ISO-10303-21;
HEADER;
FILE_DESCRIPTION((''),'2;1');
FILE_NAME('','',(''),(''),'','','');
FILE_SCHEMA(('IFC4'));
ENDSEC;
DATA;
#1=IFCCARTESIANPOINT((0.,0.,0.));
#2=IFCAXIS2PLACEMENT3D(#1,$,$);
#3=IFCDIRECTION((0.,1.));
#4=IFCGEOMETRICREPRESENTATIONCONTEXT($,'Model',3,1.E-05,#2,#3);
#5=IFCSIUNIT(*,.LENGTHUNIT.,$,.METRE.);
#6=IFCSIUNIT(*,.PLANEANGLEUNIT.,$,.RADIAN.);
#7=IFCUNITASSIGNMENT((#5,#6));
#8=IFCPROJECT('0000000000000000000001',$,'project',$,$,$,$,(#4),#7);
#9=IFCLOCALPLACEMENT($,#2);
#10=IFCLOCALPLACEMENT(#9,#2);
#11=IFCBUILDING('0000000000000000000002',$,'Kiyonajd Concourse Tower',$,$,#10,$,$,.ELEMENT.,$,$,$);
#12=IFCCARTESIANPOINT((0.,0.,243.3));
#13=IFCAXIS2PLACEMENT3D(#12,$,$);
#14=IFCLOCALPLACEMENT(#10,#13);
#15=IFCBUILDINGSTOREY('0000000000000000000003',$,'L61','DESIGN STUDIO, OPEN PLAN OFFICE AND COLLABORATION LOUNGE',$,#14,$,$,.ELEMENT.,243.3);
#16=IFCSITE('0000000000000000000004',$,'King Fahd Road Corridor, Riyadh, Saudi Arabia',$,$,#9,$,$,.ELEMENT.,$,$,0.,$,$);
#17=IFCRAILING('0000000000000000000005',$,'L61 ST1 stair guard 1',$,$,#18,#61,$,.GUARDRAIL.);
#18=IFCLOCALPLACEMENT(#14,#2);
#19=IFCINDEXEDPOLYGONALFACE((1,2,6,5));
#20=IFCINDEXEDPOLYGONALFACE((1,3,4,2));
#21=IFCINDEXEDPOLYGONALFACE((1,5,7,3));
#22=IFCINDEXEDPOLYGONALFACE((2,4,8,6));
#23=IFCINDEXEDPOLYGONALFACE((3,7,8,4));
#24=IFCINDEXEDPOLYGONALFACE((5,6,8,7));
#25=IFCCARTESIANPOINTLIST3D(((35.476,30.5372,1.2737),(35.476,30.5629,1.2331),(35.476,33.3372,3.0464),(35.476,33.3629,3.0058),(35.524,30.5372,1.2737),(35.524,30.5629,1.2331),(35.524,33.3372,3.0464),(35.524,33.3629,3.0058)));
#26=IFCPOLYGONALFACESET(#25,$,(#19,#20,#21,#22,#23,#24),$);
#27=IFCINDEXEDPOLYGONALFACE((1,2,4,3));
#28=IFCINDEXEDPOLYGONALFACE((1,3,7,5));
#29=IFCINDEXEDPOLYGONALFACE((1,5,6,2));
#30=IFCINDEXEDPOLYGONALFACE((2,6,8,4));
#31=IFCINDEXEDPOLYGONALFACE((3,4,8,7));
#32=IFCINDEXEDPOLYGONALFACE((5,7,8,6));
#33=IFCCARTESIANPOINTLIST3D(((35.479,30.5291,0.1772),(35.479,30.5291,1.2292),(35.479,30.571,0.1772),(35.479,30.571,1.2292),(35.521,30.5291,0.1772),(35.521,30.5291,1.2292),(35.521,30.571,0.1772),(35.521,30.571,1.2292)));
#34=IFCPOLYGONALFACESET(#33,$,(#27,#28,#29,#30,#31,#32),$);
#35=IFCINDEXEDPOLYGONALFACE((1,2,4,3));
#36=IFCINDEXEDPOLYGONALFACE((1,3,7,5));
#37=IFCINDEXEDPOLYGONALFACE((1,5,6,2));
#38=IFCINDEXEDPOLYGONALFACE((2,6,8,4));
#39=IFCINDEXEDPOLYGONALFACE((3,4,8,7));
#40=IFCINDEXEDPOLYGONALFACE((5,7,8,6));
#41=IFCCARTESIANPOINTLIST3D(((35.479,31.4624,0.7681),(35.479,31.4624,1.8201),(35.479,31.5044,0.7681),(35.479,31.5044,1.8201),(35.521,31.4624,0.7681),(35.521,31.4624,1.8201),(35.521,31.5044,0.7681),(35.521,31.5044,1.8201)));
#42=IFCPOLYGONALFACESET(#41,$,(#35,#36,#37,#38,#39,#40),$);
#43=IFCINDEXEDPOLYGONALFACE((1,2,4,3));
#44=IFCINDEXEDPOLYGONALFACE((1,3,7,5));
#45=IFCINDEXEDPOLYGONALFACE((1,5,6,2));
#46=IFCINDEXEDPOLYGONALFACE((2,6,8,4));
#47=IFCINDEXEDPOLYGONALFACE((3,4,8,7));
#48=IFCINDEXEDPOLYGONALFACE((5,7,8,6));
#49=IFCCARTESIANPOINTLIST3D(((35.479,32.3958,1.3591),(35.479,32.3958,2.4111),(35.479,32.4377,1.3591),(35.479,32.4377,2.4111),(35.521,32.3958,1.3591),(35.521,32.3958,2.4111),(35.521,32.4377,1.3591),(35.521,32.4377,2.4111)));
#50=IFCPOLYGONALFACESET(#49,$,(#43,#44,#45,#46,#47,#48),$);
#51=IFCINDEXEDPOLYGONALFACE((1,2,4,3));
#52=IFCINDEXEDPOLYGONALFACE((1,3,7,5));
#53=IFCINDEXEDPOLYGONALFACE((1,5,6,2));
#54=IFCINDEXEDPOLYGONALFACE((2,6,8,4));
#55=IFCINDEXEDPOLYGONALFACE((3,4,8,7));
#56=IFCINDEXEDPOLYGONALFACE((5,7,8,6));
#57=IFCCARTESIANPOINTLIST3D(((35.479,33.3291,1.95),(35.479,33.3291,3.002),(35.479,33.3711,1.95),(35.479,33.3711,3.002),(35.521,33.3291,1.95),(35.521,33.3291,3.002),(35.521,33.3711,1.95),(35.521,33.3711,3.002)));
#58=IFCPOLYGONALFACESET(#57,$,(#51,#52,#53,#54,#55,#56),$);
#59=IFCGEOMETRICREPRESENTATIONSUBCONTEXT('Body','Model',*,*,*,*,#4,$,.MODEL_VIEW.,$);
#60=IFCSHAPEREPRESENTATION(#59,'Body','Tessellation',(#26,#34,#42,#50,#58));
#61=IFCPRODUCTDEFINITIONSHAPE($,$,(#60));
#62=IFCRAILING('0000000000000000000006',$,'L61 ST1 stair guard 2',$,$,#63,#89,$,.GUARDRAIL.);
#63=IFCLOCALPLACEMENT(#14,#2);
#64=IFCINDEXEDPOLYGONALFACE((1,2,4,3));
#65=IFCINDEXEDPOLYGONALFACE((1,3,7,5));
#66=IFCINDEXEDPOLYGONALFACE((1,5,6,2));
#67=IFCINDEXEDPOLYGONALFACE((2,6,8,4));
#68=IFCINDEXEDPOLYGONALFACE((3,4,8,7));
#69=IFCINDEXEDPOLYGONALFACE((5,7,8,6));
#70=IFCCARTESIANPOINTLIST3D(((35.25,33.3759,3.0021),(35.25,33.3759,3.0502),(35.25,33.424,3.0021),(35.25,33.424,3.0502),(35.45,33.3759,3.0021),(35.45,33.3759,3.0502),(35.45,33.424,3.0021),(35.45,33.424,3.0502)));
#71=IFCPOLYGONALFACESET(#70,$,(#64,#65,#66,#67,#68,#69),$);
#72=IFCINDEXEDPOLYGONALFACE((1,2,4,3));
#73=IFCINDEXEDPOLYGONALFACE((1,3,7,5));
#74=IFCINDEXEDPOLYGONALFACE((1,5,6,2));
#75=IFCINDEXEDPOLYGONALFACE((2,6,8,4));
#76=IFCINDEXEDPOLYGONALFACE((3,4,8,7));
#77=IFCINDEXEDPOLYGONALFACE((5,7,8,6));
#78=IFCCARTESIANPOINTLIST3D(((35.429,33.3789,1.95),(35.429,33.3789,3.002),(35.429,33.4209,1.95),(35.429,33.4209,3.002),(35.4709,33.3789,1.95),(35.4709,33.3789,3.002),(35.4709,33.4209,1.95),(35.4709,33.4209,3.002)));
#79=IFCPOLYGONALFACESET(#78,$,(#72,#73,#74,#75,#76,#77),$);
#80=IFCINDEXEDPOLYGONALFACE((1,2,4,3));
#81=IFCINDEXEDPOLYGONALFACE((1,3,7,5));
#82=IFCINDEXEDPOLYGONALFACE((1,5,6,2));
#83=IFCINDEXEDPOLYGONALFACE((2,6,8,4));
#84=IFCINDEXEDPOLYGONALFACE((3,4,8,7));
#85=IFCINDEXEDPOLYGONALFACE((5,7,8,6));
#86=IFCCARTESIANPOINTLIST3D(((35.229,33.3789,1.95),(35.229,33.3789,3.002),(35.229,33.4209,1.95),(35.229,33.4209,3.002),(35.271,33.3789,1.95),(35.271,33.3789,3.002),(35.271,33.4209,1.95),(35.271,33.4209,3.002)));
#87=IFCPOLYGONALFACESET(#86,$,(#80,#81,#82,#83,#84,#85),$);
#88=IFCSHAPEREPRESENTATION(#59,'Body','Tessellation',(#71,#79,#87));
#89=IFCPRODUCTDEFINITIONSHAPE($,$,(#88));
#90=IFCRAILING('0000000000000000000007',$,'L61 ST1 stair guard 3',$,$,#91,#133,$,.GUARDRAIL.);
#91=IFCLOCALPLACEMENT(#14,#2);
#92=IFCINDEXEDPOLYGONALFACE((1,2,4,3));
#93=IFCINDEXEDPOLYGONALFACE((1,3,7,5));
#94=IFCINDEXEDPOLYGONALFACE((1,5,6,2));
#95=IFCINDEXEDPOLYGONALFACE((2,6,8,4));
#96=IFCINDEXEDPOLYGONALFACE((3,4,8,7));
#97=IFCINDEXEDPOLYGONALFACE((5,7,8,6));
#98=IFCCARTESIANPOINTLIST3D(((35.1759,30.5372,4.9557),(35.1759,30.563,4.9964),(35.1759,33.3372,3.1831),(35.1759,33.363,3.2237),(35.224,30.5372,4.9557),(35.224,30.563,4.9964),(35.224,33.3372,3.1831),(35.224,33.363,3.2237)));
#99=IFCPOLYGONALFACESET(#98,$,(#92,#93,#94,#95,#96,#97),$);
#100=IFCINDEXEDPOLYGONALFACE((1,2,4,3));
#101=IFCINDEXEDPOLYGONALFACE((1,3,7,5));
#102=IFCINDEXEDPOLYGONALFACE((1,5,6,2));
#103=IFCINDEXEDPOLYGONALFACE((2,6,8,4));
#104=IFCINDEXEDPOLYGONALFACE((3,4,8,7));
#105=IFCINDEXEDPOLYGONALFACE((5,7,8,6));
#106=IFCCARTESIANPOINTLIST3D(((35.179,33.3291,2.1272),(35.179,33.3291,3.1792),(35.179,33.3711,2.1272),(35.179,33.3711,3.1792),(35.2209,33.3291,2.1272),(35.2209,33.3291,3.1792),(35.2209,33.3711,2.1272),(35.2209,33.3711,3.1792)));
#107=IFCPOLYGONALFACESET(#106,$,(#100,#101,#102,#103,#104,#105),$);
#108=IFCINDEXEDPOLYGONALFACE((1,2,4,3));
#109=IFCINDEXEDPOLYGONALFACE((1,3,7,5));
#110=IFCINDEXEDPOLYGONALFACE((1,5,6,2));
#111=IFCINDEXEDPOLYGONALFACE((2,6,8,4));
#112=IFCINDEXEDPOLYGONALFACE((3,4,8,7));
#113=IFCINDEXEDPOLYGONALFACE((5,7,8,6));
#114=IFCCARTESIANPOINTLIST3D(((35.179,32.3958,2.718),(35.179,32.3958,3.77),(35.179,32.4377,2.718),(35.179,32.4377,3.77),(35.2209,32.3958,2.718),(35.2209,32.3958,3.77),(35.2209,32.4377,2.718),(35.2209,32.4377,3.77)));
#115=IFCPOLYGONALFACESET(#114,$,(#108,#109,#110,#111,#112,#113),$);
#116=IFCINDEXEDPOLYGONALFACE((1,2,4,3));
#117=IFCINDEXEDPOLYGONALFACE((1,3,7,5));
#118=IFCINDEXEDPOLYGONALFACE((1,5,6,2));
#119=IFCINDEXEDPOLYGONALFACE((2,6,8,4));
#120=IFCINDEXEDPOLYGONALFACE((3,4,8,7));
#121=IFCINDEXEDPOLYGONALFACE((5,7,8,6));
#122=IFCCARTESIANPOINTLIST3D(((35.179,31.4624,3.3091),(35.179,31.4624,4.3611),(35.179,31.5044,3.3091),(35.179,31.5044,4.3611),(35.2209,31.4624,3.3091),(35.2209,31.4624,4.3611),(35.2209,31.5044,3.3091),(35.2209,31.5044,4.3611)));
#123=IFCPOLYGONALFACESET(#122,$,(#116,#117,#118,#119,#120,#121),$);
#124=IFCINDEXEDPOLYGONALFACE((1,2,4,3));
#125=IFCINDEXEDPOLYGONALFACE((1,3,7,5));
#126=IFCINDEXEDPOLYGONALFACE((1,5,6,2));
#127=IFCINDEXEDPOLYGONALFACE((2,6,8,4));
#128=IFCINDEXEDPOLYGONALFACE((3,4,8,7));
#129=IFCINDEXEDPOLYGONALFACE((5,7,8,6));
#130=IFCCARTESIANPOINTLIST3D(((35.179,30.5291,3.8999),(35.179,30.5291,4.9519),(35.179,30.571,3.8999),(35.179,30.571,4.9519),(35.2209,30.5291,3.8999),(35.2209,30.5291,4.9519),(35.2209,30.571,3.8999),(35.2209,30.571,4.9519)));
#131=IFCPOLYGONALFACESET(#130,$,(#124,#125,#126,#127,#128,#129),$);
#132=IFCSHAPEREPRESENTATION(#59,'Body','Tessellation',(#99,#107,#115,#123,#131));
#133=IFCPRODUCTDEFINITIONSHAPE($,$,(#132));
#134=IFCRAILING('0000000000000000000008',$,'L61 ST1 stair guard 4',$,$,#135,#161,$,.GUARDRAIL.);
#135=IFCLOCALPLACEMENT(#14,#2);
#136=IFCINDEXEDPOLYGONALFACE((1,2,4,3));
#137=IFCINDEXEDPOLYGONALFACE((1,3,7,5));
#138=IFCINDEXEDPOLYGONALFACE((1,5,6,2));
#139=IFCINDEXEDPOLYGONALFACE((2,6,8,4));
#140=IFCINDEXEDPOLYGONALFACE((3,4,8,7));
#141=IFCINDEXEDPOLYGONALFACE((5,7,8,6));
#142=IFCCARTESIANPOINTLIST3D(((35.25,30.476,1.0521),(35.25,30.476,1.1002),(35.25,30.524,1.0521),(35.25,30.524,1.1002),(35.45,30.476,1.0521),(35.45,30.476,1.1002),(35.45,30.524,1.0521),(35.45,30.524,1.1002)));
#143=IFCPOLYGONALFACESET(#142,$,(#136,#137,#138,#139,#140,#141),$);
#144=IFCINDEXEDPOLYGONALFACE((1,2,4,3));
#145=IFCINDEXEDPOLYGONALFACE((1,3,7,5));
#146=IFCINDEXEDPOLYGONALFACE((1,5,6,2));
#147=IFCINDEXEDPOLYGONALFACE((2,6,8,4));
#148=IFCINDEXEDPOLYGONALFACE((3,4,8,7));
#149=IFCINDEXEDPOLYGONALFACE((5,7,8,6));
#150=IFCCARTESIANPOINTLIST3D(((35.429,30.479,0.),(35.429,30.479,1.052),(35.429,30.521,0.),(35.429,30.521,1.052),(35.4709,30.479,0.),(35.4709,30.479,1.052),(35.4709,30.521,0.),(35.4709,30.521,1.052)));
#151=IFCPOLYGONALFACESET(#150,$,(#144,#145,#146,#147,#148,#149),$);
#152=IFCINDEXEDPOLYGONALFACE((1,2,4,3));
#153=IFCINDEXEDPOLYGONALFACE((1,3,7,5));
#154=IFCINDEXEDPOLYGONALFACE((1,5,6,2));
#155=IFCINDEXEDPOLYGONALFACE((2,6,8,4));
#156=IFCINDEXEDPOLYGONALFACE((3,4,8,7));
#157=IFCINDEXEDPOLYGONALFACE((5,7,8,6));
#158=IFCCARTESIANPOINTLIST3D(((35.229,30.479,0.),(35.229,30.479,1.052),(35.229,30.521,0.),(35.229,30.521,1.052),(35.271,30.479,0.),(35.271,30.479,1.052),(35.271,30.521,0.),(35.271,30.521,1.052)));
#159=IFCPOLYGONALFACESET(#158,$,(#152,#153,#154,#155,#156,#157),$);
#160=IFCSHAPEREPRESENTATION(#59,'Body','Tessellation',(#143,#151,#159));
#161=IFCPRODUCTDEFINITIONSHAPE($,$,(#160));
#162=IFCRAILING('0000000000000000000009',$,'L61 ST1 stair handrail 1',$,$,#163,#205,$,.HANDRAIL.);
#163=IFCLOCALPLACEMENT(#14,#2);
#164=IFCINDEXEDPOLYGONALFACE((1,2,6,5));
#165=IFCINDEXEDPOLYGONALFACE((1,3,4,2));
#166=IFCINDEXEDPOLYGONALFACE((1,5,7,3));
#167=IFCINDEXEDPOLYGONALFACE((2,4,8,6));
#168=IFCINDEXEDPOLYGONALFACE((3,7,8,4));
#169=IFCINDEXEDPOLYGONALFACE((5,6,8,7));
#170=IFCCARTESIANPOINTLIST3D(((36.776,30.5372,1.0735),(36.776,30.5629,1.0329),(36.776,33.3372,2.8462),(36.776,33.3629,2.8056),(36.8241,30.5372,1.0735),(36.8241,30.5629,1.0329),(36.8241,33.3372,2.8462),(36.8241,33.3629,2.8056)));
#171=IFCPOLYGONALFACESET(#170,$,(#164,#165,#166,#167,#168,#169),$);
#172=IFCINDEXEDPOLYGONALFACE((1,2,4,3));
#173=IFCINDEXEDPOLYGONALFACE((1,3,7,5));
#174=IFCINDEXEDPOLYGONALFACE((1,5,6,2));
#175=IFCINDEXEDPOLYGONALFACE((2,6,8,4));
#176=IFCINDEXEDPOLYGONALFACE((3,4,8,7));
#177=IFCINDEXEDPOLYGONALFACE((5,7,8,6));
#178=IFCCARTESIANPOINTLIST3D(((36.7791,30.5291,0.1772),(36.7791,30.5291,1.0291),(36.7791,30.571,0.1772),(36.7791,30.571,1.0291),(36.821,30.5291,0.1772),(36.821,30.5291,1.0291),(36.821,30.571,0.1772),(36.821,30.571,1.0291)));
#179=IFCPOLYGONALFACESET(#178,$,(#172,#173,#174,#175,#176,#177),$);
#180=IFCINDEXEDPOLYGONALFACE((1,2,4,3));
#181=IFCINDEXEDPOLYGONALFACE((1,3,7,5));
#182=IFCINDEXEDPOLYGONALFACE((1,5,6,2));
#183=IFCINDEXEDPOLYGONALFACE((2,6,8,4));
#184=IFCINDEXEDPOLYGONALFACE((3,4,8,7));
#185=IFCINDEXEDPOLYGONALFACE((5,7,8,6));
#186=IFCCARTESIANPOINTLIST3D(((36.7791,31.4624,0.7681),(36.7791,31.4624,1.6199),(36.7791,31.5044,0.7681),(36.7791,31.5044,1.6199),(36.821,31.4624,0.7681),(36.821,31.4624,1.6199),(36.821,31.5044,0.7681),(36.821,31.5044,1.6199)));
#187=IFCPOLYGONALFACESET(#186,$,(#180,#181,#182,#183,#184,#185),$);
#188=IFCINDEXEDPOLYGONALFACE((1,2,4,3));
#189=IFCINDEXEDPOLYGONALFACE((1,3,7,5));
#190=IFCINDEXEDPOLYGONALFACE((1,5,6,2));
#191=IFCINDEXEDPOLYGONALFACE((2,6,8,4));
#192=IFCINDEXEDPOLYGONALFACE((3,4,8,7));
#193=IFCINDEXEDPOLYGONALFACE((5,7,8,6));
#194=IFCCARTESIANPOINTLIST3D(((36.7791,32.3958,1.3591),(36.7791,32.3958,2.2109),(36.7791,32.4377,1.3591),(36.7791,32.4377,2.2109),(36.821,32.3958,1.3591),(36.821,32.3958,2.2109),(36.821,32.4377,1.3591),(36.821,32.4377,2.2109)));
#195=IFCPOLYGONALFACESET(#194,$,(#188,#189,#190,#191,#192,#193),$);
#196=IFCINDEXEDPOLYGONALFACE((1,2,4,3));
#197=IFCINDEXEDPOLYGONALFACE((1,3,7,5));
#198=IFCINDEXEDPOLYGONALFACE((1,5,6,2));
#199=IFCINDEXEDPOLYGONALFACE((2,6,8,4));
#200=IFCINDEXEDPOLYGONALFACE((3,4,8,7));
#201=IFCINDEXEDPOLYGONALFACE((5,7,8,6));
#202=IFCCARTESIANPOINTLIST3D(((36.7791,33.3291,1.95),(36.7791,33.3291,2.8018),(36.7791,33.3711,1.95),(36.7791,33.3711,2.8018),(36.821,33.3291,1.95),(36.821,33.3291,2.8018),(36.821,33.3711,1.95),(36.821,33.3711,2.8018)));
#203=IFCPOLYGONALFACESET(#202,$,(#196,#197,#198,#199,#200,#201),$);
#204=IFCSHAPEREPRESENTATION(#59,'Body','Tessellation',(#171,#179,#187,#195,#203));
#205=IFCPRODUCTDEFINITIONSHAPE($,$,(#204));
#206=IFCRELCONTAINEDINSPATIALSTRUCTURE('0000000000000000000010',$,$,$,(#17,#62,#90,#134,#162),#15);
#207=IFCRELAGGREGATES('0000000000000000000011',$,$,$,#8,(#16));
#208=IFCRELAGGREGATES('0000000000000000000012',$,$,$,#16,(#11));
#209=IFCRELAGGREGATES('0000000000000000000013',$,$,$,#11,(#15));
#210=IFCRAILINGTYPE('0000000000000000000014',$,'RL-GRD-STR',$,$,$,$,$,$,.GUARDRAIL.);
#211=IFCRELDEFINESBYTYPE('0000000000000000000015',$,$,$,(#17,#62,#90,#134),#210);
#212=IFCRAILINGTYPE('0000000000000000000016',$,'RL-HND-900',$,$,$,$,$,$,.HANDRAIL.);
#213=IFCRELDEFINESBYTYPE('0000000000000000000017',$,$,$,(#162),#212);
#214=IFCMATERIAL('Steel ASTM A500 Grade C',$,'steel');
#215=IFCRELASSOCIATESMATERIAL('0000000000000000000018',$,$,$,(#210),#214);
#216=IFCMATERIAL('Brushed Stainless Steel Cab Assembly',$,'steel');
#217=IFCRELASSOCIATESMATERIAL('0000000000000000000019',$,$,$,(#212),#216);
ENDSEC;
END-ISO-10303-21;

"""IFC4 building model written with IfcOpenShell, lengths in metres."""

from ifc_helpers import new_model, si_unit, direction, frame, origin, origin_2d, place, context, subcontext, project, spatial, rectangle, extrude, material, type_object, element, save


model = new_model("IFC4")

# Units and contexts
model_context = context("Model", 3, precision=1e-05, world=origin(), true_north=direction((0.0, 1.0)))
body_context = subcontext(model_context, "Body", "Model", "MODEL_VIEW")
ifc_project = project(units=[si_unit("LENGTHUNIT", "METRE"), si_unit("PLANEANGLEUNIT", "RADIAN")], contexts=[model_context])

# Site, building, storey
site_placement = place(None, origin())
site = spatial("IfcSite", under=ifc_project, at=site_placement, Name="King Fahd Road Corridor, Riyadh, Saudi Arabia", CompositionType="ELEMENT", RefElevation=0.0)
building_placement = place(site_placement, origin())
building = spatial("IfcBuilding", under=site, at=building_placement, Name="Kiyonajd Concourse Tower", CompositionType="ELEMENT")
storey_placement = place(building_placement, frame((0.0, 0.0, 243.3)))
storey = spatial("IfcBuildingStorey", under=building, at=storey_placement, Name="L61", Description="DESIGN STUDIO, OPEN PLAN OFFICE AND COLLABORATION LOUNGE", CompositionType="ELEMENT", Elevation=243.3)

# Shared definitions
ifc_material_1 = material(Name="Brushed Stainless Steel Cab Assembly", Category="steel")

# Railings
ifc_material_2 = material(Name="Steel ASTM A500 Grade C", Category="steel")
railing_type_1 = type_object("IfcRailingType", Name="RL-GRD-STR", PredefinedType="GUARDRAIL", material=ifc_material_2)
railing_1_placement = place(storey_placement, frame((35.5, 30.55, 0.1772)))
element("IfcRailing", 1, at=railing_1_placement, inside=storey, type_object=railing_type_1, Name="L61 ST1 stair guard 1", PredefinedType="GUARDRAIL", context=body_context, shape_type="SweptSolid", body=[
    extrude(rectangle(XDim=0.0481, YDim=0.0481, at=origin_2d()), frame((0.0, 0.0, 1.0762), z_axis=(0.0, 0.844909, 0.53491), x_axis=(-1.0, 0.0, 0.0)), (0.0, 0.0, 1.0), 3.314),
    extrude(rectangle(XDim=0.042, YDim=0.042, at=origin_2d()), origin(), (0.0, 0.0, 1.0), 1.052),
    extrude(rectangle(XDim=0.042, YDim=0.042, at=origin_2d()), frame((0.0, 0.9333, 0.5908)), (0.0, 0.0, 1.0), 1.052),
    extrude(rectangle(XDim=0.042, YDim=0.042, at=origin_2d()), frame((0.0, 1.8667, 1.1819)), (0.0, 0.0, 1.0), 1.052),
    extrude(rectangle(XDim=0.042, YDim=0.042, at=origin_2d()), frame((0.0, 2.8, 1.7727)), (0.0, 0.0, 1.0), 1.052),
])
railing_2_placement = place(storey_placement, frame((35.45, 33.3999, 1.95)))
element("IfcRailing", 2, at=railing_2_placement, inside=storey, type_object=railing_type_1, Name="L61 ST1 stair guard 2", PredefinedType="GUARDRAIL", context=body_context, shape_type="SweptSolid", body=[
    extrude(rectangle(XDim=0.0481, YDim=0.0481, at=origin_2d()), frame((0.0, 0.0, 1.0762), z_axis=(-1.0, 0.0, 0.0), x_axis=(0.0, -1.0, 0.0)), (0.0, 0.0, 1.0), 0.2),
    extrude(rectangle(XDim=0.042, YDim=0.042, at=origin_2d()), origin(), (0.0, 0.0, 1.0), 1.052),
    extrude(rectangle(XDim=0.042, YDim=0.042, at=origin_2d()), frame((-0.2, 0.0, 0.0)), (0.0, 0.0, 1.0), 1.052),
])
railing_3_placement = place(storey_placement, frame((35.2, 33.3501, 2.1272)))
element("IfcRailing", 3, at=railing_3_placement, inside=storey, type_object=railing_type_1, Name="L61 ST1 stair guard 3", PredefinedType="GUARDRAIL", context=body_context, shape_type="SweptSolid", body=[
    extrude(rectangle(XDim=0.0481, YDim=0.0481, at=origin_2d()), frame((0.0, 0.0, 1.0762), z_axis=(0.0, -0.844909, 0.53491), x_axis=(1.0, 0.0, 0.0)), (0.0, 0.0, 1.0), 3.314),
    extrude(rectangle(XDim=0.042, YDim=0.042, at=origin_2d()), origin(), (0.0, 0.0, 1.0), 1.052),
    extrude(rectangle(XDim=0.042, YDim=0.042, at=origin_2d()), frame((0.0, -0.9333, 0.5908)), (0.0, 0.0, 1.0), 1.052),
    extrude(rectangle(XDim=0.042, YDim=0.042, at=origin_2d()), frame((0.0, -1.8667, 1.1819)), (0.0, 0.0, 1.0), 1.052),
    extrude(rectangle(XDim=0.042, YDim=0.042, at=origin_2d()), frame((0.0, -2.8, 1.7727)), (0.0, 0.0, 1.0), 1.052),
])
railing_4_placement = place(storey_placement, frame((35.45, 30.5, 0.0)))
element("IfcRailing", 4, at=railing_4_placement, inside=storey, type_object=railing_type_1, Name="L61 ST1 stair guard 4", PredefinedType="GUARDRAIL", context=body_context, shape_type="SweptSolid", body=[
    extrude(rectangle(XDim=0.0481, YDim=0.0481, at=origin_2d()), frame((0.0, 0.0, 1.0762), z_axis=(-1.0, 0.0, 0.0), x_axis=(0.0, -1.0, 0.0)), (0.0, 0.0, 1.0), 0.2),
    extrude(rectangle(XDim=0.042, YDim=0.042, at=origin_2d()), origin(), (0.0, 0.0, 1.0), 1.052),
    extrude(rectangle(XDim=0.042, YDim=0.042, at=origin_2d()), frame((-0.2, 0.0, 0.0)), (0.0, 0.0, 1.0), 1.052),
])
railing_type_2 = type_object("IfcRailingType", Name="RL-HND-900", PredefinedType="HANDRAIL", material=ifc_material_1)
railing_5_placement = place(storey_placement, frame((36.8, 30.55, 0.1772)))
element("IfcRailing", 5, at=railing_5_placement, inside=storey, type_object=railing_type_2, Name="L61 ST1 stair handrail 1", PredefinedType="HANDRAIL", context=body_context, shape_type="SweptSolid", body=[
    extrude(rectangle(XDim=0.0481, YDim=0.0481, at=origin_2d()), frame((0.0, 0.0, 0.876), z_axis=(0.0, 0.844909, 0.53491), x_axis=(-1.0, 0.0, 0.0)), (0.0, 0.0, 1.0), 3.314),
    extrude(rectangle(XDim=0.042, YDim=0.042, at=origin_2d()), origin(), (0.0, 0.0, 1.0), 0.8518),
    extrude(rectangle(XDim=0.042, YDim=0.042, at=origin_2d()), frame((0.0, 0.9333, 0.5908)), (0.0, 0.0, 1.0), 0.8518),
    extrude(rectangle(XDim=0.042, YDim=0.042, at=origin_2d()), frame((0.0, 1.8667, 1.1819)), (0.0, 0.0, 1.0), 0.8518),
    extrude(rectangle(XDim=0.042, YDim=0.042, at=origin_2d()), frame((0.0, 2.8, 1.7727)), (0.0, 0.0, 1.0), 0.8518),
])

save(model, "model.ifc")
